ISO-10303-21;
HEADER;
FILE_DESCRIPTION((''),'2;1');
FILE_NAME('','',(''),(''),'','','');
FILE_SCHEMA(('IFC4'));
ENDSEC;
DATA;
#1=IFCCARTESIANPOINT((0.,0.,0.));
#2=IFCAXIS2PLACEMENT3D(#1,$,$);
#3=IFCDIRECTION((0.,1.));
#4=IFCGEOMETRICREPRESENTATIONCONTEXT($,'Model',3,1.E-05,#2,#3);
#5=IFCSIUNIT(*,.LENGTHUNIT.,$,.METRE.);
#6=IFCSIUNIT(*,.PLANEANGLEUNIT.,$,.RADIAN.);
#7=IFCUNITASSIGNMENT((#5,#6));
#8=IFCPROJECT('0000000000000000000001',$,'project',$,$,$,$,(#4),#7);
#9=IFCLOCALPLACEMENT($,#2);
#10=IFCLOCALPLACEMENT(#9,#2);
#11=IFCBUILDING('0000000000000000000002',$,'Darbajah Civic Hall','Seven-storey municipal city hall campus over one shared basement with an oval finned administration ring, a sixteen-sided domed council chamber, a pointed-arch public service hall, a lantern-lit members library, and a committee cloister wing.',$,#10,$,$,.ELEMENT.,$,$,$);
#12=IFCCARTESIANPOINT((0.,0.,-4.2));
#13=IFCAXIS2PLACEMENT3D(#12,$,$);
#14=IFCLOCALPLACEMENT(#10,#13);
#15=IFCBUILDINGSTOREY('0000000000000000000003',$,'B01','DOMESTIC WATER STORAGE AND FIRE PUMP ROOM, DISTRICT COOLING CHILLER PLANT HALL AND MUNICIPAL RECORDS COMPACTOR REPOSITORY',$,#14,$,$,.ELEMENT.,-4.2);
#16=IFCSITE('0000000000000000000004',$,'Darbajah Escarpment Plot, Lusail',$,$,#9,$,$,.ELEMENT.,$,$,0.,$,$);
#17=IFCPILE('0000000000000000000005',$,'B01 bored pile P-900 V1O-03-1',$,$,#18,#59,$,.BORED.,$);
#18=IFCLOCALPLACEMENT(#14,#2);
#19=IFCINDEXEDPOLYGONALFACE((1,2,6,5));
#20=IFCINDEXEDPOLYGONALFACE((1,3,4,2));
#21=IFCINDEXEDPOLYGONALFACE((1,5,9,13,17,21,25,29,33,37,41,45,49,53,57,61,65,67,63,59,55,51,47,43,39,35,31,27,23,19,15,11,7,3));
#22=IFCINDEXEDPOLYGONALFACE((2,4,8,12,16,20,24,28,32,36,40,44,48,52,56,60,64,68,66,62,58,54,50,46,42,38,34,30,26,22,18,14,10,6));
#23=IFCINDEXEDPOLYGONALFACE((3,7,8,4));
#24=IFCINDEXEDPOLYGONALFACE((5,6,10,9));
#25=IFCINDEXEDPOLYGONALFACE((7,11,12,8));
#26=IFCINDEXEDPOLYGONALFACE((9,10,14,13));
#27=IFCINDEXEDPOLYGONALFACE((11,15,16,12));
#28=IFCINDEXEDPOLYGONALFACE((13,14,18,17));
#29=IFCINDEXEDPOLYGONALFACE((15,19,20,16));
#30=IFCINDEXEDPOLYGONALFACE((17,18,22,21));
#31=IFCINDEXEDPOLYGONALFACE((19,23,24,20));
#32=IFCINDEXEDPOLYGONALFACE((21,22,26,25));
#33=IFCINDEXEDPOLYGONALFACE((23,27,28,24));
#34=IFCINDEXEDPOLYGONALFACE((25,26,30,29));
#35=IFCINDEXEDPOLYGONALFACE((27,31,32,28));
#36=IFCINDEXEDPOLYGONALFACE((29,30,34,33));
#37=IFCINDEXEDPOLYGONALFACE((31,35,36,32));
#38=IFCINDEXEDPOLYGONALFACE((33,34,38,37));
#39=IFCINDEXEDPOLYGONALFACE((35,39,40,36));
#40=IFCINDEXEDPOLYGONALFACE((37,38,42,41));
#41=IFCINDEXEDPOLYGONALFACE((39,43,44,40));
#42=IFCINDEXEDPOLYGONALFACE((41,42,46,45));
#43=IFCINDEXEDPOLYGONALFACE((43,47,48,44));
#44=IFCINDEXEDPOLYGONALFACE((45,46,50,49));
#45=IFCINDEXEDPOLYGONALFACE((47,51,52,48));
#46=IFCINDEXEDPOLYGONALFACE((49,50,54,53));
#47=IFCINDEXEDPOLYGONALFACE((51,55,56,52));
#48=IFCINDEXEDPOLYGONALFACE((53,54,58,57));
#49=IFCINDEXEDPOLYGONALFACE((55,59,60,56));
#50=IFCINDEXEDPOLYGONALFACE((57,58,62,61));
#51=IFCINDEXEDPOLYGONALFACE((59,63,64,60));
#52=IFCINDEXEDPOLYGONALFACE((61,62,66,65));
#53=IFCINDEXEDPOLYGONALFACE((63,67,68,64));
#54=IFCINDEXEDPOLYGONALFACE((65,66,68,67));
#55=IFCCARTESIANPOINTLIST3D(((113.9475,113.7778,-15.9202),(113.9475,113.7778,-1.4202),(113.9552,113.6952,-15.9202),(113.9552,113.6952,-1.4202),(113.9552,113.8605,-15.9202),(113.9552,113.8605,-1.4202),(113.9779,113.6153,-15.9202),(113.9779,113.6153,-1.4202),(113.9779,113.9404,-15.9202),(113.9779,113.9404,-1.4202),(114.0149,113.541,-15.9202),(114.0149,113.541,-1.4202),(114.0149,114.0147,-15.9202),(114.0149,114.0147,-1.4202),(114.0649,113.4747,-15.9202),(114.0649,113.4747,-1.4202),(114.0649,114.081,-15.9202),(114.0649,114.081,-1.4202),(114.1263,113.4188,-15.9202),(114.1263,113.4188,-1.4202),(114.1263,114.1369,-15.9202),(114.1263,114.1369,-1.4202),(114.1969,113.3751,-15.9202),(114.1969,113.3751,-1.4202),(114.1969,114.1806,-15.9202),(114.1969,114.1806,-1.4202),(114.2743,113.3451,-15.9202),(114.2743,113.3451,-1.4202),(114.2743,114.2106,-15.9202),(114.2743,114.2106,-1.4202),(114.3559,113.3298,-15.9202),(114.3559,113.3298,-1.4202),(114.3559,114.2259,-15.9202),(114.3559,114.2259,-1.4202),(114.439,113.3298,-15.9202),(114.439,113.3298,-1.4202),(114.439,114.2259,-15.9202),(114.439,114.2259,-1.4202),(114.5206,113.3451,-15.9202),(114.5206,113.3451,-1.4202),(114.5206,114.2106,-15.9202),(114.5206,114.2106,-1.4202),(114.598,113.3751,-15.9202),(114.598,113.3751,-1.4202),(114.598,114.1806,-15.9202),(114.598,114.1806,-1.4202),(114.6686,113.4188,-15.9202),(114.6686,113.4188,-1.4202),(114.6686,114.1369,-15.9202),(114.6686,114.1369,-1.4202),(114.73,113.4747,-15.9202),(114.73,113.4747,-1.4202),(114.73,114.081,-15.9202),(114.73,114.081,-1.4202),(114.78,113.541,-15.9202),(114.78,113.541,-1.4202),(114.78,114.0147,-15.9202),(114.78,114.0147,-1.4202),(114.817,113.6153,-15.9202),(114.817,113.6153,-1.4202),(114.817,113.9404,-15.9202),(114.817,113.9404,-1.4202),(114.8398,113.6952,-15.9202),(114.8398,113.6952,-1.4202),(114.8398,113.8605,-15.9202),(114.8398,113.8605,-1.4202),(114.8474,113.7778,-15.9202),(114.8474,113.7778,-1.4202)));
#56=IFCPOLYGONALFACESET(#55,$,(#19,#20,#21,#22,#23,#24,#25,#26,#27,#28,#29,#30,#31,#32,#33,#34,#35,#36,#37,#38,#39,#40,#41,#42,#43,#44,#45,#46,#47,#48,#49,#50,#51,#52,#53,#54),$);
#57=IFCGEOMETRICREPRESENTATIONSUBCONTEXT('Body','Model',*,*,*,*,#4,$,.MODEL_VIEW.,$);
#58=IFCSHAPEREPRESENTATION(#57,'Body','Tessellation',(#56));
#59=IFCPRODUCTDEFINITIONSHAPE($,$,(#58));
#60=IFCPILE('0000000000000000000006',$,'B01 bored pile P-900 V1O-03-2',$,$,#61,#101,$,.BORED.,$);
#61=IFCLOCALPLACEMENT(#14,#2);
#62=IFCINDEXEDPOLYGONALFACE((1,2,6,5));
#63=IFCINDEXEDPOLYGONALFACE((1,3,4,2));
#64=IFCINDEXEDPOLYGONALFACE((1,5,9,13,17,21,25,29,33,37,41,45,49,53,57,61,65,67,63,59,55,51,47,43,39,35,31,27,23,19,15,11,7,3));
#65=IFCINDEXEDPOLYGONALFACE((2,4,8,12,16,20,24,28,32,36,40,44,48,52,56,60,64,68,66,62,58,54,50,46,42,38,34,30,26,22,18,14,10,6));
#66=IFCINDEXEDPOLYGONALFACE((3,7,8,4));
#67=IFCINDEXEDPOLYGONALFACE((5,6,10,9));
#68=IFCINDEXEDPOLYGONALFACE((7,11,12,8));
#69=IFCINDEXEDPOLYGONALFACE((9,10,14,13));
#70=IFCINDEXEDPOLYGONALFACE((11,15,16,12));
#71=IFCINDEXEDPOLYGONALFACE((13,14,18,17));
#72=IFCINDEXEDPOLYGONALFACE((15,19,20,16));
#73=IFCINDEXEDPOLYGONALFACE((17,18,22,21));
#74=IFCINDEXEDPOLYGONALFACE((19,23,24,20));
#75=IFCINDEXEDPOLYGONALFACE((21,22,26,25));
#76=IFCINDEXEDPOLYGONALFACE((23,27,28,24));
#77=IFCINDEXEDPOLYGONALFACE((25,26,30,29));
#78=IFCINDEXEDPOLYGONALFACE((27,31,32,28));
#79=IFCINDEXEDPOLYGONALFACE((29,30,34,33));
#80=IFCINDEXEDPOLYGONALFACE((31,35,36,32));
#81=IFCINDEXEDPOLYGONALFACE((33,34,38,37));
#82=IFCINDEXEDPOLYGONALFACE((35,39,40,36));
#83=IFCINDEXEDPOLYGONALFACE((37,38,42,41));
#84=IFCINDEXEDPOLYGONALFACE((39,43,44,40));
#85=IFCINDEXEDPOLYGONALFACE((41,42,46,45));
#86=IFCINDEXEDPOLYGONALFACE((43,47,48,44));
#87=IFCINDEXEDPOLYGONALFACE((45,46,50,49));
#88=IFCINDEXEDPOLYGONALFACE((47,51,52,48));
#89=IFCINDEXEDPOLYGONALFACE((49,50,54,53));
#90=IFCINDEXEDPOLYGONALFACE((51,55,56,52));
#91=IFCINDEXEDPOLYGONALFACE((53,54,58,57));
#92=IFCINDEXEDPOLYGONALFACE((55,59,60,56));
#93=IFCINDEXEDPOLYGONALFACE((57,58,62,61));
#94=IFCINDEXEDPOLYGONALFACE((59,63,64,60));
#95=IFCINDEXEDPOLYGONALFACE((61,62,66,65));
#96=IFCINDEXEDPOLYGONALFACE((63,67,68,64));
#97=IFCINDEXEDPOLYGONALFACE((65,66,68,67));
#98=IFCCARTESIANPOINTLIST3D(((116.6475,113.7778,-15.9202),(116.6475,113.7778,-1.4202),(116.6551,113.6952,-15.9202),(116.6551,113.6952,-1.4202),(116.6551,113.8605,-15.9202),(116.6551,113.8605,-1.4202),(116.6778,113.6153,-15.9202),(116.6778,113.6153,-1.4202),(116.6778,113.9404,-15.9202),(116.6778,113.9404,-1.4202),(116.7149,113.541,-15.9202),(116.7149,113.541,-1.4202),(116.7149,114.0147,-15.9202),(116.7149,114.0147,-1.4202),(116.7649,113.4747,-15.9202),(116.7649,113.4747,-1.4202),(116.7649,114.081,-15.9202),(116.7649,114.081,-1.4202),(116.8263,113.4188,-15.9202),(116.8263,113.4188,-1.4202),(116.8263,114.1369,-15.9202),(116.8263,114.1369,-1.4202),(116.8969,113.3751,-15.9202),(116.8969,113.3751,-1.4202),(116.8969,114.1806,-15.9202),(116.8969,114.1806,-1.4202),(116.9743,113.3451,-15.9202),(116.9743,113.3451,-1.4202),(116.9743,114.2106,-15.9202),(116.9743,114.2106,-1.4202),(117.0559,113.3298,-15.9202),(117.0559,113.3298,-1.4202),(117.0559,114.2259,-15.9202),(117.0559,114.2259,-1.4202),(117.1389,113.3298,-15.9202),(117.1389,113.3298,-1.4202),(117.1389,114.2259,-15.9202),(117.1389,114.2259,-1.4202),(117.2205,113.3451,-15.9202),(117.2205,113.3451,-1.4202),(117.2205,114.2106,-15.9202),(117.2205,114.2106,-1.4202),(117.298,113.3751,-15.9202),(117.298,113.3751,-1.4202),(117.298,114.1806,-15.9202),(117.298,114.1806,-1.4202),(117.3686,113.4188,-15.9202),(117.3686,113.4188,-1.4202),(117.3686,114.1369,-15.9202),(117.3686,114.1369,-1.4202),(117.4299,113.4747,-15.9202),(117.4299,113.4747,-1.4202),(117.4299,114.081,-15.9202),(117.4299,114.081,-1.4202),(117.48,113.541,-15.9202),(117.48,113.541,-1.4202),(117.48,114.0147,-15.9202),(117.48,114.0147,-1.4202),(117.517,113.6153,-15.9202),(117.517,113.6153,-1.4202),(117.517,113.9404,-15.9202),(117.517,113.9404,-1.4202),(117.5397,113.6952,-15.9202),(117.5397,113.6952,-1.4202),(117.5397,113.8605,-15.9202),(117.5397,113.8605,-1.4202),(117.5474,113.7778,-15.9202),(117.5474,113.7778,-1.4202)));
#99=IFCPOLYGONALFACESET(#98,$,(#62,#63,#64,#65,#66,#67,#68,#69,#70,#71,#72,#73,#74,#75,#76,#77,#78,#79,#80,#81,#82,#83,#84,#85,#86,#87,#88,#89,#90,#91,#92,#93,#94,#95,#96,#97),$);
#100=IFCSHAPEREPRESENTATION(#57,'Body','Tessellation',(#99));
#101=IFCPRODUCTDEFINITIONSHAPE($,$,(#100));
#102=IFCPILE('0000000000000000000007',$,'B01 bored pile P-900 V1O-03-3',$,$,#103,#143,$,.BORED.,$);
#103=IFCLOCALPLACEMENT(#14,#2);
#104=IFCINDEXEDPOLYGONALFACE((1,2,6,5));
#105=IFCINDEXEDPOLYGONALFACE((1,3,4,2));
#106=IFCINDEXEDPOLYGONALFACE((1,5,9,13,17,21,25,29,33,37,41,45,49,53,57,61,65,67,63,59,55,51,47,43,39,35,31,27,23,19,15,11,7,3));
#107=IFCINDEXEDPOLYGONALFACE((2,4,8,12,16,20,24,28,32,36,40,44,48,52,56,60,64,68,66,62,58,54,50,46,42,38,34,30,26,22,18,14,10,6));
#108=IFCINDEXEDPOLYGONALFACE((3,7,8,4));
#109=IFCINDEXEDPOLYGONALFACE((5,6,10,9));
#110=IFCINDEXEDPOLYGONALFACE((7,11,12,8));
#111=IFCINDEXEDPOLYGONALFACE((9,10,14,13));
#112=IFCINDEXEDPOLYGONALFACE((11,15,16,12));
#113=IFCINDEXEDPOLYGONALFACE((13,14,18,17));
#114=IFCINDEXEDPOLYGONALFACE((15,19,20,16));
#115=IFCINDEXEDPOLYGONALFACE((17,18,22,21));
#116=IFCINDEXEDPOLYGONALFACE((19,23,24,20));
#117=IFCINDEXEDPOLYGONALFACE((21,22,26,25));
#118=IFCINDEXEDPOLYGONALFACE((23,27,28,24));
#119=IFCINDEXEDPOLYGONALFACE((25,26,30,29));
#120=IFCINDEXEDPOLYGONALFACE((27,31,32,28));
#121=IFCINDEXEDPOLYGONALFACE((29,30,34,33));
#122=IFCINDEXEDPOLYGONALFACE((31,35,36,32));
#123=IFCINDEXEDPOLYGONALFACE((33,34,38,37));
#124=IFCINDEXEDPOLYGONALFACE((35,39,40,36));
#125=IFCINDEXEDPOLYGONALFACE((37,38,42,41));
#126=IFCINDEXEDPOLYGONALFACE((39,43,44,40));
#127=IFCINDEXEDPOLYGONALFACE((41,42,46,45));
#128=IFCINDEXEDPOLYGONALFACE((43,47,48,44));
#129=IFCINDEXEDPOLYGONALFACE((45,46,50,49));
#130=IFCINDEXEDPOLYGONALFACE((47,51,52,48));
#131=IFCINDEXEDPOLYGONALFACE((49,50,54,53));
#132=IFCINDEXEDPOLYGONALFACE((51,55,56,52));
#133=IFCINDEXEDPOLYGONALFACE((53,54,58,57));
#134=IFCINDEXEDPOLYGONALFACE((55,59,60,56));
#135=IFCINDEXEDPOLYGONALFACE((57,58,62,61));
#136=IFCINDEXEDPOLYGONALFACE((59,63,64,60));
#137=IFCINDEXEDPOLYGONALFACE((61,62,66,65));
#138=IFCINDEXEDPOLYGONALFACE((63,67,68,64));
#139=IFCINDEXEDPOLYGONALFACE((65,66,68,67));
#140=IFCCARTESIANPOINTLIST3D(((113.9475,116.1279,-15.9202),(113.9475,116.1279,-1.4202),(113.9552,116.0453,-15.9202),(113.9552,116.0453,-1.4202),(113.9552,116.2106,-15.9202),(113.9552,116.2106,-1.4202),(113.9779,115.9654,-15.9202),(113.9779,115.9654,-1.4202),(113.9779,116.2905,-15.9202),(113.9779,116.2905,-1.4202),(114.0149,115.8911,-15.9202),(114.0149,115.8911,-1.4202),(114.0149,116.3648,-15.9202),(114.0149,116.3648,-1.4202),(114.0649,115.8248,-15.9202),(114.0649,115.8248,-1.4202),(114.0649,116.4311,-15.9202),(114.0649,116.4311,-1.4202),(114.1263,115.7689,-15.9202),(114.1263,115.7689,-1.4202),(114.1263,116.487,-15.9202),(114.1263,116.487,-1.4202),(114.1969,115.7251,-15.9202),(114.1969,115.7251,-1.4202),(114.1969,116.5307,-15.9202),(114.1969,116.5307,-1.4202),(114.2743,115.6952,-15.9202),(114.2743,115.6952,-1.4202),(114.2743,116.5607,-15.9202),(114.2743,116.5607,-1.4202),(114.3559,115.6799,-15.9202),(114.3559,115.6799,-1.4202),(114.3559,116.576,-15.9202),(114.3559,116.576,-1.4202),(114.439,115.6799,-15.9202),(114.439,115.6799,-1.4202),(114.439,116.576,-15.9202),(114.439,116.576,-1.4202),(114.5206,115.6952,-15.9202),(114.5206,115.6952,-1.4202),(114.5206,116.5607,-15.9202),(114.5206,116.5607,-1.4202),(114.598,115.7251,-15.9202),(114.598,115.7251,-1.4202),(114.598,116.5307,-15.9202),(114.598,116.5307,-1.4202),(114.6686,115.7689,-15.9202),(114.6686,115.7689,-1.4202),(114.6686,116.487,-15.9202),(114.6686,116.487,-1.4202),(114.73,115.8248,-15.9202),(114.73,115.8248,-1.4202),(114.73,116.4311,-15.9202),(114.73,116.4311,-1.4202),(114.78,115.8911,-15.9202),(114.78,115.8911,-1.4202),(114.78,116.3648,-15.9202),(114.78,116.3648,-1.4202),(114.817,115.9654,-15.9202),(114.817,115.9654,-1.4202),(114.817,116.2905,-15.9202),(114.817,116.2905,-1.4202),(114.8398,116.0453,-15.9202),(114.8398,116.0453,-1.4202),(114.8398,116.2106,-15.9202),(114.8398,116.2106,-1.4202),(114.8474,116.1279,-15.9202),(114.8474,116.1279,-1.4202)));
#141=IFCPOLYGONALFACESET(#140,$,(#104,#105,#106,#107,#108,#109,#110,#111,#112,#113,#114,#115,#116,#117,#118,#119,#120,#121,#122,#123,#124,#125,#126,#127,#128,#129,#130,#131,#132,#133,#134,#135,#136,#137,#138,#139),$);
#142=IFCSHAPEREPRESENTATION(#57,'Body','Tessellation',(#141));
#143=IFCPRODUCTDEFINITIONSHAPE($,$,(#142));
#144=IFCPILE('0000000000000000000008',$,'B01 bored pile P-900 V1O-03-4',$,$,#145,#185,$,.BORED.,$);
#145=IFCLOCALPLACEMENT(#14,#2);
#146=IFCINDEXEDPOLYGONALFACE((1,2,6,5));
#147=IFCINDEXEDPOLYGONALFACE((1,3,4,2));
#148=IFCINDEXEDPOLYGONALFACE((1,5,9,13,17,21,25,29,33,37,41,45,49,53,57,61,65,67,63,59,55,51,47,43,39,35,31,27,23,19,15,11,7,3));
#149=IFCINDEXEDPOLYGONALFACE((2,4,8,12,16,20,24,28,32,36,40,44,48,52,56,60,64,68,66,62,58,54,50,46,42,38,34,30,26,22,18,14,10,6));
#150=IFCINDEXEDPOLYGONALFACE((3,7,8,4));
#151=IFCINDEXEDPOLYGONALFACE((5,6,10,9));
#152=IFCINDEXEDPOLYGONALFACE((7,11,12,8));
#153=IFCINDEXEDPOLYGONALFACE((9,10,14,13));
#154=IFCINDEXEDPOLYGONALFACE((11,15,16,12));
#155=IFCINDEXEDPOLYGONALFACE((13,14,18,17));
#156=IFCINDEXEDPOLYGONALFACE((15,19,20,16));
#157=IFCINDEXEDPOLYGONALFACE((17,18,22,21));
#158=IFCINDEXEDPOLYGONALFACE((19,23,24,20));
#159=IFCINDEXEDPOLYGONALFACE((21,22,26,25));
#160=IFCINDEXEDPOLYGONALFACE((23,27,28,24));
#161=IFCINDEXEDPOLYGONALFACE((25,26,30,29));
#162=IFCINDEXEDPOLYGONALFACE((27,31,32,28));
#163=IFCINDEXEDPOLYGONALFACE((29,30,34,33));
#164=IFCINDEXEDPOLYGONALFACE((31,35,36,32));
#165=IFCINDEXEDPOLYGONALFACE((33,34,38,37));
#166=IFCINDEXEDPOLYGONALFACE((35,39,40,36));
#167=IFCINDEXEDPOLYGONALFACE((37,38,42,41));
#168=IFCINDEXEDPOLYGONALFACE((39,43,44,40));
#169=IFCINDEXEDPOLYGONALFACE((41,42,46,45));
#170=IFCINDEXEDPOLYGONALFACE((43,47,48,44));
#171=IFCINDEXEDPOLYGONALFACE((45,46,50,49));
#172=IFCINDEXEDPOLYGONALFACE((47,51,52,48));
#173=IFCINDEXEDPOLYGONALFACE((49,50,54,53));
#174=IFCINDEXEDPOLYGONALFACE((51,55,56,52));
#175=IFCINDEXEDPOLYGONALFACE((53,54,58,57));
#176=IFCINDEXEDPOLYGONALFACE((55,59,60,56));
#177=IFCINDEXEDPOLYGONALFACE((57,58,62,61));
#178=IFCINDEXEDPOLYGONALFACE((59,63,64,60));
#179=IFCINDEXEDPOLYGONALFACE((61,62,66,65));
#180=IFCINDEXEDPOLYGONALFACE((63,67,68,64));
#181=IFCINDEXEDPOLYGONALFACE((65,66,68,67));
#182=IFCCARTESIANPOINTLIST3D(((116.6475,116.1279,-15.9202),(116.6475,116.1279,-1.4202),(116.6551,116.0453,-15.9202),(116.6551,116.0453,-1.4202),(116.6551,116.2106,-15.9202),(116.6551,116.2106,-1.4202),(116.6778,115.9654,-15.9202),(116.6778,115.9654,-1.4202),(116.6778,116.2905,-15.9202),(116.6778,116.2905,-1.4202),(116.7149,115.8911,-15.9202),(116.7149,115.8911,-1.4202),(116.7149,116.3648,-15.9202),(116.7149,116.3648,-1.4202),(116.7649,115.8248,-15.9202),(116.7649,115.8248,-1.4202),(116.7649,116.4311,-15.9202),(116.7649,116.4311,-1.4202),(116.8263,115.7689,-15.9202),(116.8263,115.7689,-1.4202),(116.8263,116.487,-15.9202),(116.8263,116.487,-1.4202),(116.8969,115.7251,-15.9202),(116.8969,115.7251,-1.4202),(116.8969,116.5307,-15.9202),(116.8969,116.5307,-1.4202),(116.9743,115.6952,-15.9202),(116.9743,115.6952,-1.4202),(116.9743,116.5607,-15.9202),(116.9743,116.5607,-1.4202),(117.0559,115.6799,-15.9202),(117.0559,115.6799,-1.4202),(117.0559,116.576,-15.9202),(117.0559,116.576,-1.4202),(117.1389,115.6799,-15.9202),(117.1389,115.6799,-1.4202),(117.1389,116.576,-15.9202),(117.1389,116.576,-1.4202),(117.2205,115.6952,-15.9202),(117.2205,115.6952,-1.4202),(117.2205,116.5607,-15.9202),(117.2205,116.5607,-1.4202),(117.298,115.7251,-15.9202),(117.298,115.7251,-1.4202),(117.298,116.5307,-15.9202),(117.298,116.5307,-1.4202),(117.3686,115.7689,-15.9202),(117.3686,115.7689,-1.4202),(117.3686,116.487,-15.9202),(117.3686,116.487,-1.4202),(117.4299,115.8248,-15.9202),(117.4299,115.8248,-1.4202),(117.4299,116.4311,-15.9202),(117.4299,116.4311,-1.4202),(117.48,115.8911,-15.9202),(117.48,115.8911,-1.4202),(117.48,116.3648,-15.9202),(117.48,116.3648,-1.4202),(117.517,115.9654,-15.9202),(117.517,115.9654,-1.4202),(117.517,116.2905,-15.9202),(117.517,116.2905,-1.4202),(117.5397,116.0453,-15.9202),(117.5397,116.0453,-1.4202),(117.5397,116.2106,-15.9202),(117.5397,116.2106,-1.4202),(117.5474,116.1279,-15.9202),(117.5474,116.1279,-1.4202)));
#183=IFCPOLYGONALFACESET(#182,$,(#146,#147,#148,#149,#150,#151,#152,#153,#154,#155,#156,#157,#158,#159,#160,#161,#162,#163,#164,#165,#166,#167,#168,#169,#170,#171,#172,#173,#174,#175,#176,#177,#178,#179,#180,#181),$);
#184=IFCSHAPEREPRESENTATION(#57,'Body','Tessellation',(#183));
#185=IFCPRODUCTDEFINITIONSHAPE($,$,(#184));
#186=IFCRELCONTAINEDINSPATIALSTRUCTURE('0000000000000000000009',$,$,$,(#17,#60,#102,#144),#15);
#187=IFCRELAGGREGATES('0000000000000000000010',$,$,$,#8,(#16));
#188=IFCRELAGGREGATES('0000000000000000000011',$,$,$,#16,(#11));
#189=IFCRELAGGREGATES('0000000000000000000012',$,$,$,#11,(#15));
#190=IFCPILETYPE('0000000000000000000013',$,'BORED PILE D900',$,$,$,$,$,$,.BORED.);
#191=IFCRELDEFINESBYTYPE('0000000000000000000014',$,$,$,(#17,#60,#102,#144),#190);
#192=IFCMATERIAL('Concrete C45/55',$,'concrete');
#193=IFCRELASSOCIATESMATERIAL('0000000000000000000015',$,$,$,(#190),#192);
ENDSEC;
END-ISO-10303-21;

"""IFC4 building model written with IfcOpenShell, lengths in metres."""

from ifc_helpers import new_model, si_unit, direction, frame, origin, origin_2d, place, context, subcontext, project, spatial, circle, extrude, material, material_profile, profile_set, type_object, element, save


model = new_model("IFC4")

# Units and contexts
model_context = context("Model", 3, precision=1e-05, world=origin(), true_north=direction((0.0, 1.0)))
body_context = subcontext(model_context, "Body", "Model", "MODEL_VIEW")
ifc_project = project(units=[si_unit("LENGTHUNIT", "METRE"), si_unit("PLANEANGLEUNIT", "RADIAN")], contexts=[model_context])

# Site, building, storey
site_placement = place(None, origin())
site = spatial("IfcSite", under=ifc_project, at=site_placement, Name="Darbajah Escarpment Plot, Lusail", CompositionType="ELEMENT", RefElevation=0.0)
building_placement = place(site_placement, origin())
building = spatial("IfcBuilding", under=site, at=building_placement, Name="Darbajah Civic Hall", Description="Seven-storey municipal city hall campus over one shared basement with an oval finned administration ring, a sixteen-sided domed council chamber, a pointed-arch public service hall, a lantern-lit members library, and a committee cloister wing.", CompositionType="ELEMENT")
storey_placement = place(building_placement, frame((0.0, 0.0, -4.2)))
storey = spatial("IfcBuildingStorey", under=building, at=storey_placement, Name="B01", Description="DOMESTIC WATER STORAGE AND FIRE PUMP ROOM, DISTRICT COOLING CHILLER PLANT HALL AND MUNICIPAL RECORDS COMPACTOR REPOSITORY", CompositionType="ELEMENT", Elevation=-4.2)

# Piles
ifc_material_1 = material(Name="Concrete C45/55", Category="concrete")
ifc_material_profile_1 = material_profile(ifc_material_1, circle(Radius=0.45, at=origin_2d()), Name="BORED PILE D900")
ifc_profile_set_1 = profile_set([ifc_material_profile_1], Name="Concrete C45/55")
pile_type_1 = type_object("IfcPileType", Name="BORED PILE D900", PredefinedType="BORED", material=ifc_profile_set_1)
for number, where, z_axis, x_axis, name in (
    (1, (114.3975, 113.7778, -1.4202), (0.0, 0.0, -1.0), (1.0, 0.0, 0.0), "B01 bored pile P-900 V1O-03-1"),
    (2, (117.0974, 113.7778, -1.4202), (0.0, 0.0, -1.0), (1.0, 0.0, 0.0), "B01 bored pile P-900 V1O-03-2"),
    (3, (114.3975, 116.1279, -1.4202), (0.0, 0.0, -1.0), (1.0, 0.0, 0.0), "B01 bored pile P-900 V1O-03-3"),
    (4, (117.0974, 116.1279, -1.4202), (0.0, 0.0, -1.0), (1.0, 0.0, 0.0), "B01 bored pile P-900 V1O-03-4"),
):
    element("IfcPile", number, at=place(storey_placement, frame(where, z_axis=z_axis, x_axis=x_axis)), inside=storey, type_object=pile_type_1, Name=name, PredefinedType="BORED", context=body_context, shape_type="SweptSolid", body=[
        extrude(circle(Radius=0.45, at=origin_2d()), origin(), (0.0, 0.0, 1.0), 14.5),
    ])

save(model, "model.ifc")
